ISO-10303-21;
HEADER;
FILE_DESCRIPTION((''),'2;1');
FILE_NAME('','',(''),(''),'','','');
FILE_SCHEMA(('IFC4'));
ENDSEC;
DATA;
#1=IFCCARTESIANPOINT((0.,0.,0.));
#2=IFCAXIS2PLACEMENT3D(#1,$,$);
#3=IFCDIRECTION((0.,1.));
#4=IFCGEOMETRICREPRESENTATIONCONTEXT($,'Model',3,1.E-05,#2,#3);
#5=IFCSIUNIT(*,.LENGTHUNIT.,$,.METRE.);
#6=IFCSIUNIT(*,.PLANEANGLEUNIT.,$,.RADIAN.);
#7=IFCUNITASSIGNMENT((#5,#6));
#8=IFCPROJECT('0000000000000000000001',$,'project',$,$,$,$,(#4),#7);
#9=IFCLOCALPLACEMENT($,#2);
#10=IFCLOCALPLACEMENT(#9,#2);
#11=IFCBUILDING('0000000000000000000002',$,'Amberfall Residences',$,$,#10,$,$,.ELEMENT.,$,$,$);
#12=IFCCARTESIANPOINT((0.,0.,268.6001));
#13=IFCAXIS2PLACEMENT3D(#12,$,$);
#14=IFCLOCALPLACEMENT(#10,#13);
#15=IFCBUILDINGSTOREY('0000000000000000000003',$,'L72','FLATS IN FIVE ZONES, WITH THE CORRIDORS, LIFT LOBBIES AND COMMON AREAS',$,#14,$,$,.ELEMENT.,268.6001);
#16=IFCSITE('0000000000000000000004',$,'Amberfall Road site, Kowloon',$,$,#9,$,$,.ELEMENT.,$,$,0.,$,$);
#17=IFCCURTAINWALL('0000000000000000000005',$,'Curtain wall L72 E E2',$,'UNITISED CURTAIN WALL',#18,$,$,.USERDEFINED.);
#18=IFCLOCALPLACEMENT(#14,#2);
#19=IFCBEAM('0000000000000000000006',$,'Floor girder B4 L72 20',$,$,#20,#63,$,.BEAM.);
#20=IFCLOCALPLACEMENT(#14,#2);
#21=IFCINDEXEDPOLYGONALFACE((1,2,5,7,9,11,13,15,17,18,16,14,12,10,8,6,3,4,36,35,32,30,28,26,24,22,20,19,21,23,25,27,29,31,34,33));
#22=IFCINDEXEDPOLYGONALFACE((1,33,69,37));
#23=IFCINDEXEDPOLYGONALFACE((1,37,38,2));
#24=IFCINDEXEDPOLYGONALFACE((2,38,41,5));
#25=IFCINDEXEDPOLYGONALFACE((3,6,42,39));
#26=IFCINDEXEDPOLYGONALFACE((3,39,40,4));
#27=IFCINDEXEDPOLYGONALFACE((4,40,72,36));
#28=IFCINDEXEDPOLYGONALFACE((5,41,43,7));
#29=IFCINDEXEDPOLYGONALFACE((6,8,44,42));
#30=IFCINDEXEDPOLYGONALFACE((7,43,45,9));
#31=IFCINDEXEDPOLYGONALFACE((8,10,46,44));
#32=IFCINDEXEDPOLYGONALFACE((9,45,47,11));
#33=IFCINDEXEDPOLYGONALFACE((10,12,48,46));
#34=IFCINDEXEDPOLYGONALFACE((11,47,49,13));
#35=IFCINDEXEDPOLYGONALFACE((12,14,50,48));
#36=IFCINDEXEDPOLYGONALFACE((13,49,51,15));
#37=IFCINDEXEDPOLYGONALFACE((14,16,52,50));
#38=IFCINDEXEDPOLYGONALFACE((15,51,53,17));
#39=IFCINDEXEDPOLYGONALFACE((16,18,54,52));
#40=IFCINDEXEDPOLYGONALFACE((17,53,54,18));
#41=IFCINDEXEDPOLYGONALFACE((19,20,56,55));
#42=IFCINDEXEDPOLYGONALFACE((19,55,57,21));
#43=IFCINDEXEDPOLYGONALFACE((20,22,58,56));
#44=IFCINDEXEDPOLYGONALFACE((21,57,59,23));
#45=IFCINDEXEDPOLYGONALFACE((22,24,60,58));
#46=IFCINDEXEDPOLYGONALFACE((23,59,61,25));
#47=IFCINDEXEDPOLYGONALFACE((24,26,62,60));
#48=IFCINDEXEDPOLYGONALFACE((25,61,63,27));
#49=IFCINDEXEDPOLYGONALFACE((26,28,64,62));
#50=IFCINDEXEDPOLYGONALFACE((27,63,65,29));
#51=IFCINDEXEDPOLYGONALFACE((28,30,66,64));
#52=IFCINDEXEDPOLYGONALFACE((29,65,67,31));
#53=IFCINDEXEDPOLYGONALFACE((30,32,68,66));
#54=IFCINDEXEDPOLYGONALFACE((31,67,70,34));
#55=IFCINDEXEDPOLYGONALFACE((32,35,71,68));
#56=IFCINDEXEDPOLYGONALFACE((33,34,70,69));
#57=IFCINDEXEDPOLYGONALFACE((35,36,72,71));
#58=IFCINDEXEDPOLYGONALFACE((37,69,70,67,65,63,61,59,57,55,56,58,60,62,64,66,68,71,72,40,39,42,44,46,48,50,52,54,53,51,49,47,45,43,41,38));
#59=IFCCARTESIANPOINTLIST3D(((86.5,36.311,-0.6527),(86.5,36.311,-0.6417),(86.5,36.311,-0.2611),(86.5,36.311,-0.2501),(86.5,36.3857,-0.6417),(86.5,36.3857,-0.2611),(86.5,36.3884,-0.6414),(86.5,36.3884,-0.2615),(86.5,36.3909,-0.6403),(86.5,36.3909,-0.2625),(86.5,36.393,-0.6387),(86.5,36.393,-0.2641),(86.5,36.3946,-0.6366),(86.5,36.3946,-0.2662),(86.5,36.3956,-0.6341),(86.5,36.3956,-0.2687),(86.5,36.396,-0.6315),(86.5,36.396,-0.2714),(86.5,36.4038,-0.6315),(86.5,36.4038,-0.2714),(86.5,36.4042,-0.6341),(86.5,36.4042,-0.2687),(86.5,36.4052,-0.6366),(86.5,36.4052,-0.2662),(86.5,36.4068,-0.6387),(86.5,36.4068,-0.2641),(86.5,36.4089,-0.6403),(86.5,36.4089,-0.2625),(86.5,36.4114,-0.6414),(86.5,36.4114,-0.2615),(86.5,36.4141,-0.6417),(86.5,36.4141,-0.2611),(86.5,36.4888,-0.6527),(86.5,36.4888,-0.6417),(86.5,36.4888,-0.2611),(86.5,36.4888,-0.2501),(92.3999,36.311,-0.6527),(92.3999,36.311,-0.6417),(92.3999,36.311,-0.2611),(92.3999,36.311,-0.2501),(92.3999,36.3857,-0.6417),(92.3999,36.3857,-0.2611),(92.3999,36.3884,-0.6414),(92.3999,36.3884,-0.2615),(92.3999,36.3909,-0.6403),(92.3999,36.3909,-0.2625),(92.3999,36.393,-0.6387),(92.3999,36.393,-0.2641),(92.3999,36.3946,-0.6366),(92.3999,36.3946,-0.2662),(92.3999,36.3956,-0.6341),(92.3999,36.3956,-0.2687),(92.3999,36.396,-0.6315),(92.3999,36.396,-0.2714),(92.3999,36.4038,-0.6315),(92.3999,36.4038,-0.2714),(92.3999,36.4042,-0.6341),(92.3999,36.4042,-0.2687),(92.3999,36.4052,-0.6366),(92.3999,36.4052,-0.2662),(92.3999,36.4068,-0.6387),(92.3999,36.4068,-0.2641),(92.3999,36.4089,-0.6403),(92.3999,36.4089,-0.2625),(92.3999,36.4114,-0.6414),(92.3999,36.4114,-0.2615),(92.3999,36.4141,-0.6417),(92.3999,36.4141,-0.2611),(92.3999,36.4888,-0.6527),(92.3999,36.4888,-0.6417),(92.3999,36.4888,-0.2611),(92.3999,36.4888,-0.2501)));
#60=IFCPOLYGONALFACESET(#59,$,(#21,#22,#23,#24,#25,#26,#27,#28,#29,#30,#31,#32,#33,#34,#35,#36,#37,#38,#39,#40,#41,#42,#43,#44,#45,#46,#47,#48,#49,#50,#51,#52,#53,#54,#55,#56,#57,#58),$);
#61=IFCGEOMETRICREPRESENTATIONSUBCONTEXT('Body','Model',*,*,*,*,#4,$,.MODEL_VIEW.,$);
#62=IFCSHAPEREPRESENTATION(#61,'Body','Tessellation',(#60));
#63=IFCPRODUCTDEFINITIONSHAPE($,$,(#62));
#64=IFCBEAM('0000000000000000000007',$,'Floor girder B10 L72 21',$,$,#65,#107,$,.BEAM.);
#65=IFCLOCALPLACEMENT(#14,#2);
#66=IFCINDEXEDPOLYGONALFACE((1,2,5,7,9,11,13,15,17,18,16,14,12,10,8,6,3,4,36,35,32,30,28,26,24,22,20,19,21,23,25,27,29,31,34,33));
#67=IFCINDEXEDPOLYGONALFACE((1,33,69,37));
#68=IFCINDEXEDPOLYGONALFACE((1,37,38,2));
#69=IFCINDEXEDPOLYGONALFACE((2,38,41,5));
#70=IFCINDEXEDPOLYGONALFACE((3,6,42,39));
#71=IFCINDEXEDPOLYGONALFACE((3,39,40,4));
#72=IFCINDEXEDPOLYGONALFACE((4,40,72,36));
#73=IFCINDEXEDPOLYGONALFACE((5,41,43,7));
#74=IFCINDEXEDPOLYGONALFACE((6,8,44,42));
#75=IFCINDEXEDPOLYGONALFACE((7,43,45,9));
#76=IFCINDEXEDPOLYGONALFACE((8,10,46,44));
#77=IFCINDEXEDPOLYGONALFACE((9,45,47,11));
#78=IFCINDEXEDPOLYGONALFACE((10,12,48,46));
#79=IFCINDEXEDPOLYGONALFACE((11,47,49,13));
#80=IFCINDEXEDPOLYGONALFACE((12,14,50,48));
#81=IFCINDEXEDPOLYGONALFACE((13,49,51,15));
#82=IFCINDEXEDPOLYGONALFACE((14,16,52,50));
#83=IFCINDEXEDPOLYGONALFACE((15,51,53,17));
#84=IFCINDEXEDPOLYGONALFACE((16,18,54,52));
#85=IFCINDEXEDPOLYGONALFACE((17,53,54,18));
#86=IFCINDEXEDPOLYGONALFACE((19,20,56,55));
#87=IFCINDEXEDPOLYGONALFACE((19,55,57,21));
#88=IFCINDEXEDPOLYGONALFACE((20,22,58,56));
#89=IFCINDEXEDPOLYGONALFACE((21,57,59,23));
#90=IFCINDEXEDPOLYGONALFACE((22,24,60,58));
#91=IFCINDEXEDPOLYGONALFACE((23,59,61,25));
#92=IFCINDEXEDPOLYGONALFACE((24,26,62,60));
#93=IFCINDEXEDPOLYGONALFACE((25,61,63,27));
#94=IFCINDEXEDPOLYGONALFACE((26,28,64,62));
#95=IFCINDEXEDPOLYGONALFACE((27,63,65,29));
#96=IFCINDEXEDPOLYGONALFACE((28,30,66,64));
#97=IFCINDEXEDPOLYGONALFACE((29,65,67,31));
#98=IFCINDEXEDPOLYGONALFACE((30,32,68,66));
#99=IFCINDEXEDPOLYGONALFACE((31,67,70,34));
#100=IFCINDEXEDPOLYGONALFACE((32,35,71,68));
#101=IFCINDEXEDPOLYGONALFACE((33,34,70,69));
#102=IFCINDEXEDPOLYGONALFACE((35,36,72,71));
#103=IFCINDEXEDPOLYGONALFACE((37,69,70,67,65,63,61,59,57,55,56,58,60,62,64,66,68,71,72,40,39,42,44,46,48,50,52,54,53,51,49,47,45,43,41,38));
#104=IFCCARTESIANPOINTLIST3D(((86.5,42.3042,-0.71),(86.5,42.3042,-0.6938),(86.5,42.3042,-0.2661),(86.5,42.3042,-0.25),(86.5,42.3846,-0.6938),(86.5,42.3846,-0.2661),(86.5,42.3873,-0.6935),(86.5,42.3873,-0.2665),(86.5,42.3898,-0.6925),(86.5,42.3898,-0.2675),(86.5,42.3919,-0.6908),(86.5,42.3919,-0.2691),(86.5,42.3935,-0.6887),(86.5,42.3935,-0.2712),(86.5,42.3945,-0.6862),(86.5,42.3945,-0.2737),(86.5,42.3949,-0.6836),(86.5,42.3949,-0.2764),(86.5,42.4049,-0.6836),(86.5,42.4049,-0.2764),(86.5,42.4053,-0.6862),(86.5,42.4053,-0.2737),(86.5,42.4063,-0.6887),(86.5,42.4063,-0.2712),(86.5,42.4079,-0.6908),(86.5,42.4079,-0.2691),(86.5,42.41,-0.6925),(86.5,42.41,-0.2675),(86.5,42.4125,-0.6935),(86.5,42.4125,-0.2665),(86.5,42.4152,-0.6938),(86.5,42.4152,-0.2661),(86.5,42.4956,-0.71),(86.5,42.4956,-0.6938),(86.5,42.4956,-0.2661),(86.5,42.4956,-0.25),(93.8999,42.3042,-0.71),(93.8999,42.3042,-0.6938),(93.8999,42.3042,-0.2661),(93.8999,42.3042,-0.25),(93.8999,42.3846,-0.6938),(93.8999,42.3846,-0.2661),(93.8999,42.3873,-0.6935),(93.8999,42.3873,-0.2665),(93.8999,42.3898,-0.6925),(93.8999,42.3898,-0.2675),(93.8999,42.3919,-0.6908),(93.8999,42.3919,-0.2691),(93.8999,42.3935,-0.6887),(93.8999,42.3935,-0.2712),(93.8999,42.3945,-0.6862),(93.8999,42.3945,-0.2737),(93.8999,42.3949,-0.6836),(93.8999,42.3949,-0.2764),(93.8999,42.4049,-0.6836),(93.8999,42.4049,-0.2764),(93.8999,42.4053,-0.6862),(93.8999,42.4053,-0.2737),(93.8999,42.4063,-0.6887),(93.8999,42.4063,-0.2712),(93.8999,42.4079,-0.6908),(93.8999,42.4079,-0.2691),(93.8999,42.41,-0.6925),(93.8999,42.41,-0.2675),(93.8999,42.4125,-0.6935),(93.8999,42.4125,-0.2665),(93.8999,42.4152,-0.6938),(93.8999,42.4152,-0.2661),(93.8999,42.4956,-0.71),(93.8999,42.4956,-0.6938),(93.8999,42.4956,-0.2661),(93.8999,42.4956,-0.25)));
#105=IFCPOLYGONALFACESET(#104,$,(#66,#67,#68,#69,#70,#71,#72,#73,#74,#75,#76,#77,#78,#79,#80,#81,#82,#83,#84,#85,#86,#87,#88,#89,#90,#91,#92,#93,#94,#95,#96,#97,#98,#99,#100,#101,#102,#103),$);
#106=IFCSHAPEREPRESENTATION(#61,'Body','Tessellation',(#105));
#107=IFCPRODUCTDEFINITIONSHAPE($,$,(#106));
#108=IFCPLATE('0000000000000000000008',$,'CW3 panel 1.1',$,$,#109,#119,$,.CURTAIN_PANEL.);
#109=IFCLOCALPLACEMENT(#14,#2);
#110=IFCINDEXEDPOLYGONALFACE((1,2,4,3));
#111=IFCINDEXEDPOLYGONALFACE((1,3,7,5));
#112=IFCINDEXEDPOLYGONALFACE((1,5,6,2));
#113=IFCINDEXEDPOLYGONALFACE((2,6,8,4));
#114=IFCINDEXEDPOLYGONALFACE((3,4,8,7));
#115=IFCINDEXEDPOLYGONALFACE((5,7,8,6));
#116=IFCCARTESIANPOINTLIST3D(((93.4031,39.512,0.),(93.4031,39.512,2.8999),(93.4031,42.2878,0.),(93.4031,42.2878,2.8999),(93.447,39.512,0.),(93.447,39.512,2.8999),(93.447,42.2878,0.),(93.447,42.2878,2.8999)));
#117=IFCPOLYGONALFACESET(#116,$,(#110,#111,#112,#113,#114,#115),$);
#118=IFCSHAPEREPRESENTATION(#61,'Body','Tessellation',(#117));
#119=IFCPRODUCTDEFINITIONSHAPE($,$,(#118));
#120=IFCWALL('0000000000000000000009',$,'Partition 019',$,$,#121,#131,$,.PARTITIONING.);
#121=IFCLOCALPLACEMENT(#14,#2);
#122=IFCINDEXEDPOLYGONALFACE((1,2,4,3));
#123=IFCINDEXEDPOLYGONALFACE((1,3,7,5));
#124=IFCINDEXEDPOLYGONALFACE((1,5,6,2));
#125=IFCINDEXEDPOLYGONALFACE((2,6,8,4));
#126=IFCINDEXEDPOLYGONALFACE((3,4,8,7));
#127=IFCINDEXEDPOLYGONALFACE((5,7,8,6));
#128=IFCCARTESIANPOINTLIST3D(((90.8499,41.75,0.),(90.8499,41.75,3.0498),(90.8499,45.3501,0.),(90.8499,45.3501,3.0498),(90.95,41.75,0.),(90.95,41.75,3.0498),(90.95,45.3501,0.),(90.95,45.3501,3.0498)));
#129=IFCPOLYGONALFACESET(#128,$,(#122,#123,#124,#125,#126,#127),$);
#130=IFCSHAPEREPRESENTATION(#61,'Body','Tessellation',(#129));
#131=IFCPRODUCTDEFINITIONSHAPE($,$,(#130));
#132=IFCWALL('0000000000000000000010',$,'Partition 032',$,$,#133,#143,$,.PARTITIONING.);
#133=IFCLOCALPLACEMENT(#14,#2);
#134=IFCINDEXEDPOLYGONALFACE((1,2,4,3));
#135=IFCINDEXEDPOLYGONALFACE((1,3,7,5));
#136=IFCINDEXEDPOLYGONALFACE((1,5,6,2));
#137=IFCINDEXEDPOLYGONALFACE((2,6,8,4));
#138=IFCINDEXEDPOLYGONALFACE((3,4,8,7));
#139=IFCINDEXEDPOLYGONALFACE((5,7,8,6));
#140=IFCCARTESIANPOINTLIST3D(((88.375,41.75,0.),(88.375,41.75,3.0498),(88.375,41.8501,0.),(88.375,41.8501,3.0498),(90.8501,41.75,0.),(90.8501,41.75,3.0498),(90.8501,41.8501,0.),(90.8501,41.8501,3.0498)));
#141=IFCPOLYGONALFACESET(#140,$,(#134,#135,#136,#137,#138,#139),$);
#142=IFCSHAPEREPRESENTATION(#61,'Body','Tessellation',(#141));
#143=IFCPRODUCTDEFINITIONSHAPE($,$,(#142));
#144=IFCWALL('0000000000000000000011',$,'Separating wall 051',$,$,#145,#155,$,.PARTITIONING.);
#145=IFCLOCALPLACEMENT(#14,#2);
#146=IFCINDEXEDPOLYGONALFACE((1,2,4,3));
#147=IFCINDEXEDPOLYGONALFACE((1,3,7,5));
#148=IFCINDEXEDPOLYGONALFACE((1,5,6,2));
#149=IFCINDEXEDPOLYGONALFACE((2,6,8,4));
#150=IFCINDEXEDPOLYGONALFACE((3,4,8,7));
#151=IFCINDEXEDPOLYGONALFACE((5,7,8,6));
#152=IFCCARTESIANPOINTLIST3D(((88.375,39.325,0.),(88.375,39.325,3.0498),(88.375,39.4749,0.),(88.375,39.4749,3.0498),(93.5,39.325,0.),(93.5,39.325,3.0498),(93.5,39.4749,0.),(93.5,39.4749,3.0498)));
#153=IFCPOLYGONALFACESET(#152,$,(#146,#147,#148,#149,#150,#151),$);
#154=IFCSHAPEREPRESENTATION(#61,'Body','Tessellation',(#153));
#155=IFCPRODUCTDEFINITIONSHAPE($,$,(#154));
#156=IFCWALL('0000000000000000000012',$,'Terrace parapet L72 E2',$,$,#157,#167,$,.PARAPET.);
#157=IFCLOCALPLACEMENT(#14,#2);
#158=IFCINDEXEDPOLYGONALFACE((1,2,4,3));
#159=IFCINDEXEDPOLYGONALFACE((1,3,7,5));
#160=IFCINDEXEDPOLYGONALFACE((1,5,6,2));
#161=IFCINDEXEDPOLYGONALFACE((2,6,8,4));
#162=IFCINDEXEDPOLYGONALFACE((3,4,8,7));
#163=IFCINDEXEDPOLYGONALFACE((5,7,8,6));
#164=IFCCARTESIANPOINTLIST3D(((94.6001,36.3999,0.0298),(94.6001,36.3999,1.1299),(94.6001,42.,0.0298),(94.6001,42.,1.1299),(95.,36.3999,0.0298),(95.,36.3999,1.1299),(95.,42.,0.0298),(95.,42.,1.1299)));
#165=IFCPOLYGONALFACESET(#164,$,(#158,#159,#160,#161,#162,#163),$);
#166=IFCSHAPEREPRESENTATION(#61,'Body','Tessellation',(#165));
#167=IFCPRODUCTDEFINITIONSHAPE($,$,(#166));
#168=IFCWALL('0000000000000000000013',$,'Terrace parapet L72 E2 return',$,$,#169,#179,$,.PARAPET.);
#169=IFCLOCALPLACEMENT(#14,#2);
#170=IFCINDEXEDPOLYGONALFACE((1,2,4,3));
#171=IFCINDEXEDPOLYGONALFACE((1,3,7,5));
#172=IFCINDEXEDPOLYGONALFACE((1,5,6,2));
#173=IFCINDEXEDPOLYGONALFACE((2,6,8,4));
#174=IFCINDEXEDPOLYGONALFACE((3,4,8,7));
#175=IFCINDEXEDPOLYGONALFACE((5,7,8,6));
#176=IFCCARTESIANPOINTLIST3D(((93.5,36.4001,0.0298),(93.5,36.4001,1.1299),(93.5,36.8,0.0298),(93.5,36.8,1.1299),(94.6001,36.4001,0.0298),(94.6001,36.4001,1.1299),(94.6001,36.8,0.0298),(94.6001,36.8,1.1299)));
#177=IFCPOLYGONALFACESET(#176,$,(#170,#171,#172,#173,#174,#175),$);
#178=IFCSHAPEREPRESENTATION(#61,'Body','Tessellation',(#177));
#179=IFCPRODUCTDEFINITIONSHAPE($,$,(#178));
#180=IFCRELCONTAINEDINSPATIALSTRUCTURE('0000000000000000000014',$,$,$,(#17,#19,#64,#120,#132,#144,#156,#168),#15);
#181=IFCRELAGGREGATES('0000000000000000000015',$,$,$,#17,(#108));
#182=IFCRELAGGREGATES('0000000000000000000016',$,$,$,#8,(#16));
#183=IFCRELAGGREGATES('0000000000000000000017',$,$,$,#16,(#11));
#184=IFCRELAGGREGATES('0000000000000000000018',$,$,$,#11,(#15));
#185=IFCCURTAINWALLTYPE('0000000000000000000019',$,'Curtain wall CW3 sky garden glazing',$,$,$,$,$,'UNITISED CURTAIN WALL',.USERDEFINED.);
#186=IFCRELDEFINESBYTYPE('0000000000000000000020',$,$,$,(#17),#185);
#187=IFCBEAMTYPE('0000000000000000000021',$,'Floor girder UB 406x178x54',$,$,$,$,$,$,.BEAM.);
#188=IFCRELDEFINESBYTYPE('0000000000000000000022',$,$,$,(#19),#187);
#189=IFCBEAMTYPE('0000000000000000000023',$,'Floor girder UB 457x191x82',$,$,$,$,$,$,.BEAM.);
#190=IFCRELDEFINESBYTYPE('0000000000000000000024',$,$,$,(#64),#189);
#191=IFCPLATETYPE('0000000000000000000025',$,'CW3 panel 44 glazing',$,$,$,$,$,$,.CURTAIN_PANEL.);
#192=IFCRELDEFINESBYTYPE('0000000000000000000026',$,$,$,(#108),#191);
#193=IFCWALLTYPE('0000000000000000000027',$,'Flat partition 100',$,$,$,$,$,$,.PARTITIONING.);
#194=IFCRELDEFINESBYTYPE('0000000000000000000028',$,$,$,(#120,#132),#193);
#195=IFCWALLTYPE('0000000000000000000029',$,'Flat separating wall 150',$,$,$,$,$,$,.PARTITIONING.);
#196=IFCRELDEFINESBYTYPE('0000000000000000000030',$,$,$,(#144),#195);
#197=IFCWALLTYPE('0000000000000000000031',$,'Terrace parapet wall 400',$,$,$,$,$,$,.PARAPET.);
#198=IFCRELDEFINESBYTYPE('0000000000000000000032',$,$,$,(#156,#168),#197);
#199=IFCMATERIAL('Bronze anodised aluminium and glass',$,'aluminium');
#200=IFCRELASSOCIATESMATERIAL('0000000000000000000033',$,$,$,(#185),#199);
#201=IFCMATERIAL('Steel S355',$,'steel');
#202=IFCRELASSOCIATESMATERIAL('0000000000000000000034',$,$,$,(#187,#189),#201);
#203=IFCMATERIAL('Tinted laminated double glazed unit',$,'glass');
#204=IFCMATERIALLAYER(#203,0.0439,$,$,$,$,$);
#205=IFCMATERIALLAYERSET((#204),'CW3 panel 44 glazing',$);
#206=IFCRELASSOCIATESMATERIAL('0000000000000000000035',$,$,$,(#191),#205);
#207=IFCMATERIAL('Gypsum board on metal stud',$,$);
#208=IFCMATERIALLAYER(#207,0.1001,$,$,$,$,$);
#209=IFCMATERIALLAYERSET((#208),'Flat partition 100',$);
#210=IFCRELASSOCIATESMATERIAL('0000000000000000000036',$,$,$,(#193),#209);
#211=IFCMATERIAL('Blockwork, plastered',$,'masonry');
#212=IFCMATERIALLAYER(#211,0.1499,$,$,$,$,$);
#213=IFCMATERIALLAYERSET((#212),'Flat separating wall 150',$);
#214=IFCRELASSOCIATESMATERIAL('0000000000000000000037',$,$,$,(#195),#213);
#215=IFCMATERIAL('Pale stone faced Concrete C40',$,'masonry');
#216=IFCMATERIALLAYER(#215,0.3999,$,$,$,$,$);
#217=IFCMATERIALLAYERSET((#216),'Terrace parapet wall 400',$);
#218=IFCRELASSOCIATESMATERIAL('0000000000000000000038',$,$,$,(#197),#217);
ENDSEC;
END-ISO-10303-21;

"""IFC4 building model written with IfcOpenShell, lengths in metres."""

from ifc_helpers import new_model, si_unit, direction, frame, frame_2d, origin, origin_2d, place, context, subcontext, project, spatial, rectangle, i_section, extrude, material, layer, layer_set, material_profile, profile_set, type_object, element, aggregate, save


model = new_model("IFC4")

# Units and contexts
model_context = context("Model", 3, precision=1e-05, world=origin(), true_north=direction((0.0, 1.0)))
body_context = subcontext(model_context, "Body", "Model", "MODEL_VIEW")
ifc_project = project(units=[si_unit("LENGTHUNIT", "METRE"), si_unit("PLANEANGLEUNIT", "RADIAN")], contexts=[model_context])

# Site, building, storey
site_placement = place(None, origin())
site = spatial("IfcSite", under=ifc_project, at=site_placement, Name="Amberfall Road site, Kowloon", CompositionType="ELEMENT", RefElevation=0.0)
building_placement = place(site_placement, origin())
building = spatial("IfcBuilding", under=site, at=building_placement, Name="Amberfall Residences", CompositionType="ELEMENT")
storey_placement = place(building_placement, frame((0.0, 0.0, 268.6001)))
storey = spatial("IfcBuildingStorey", under=building, at=storey_placement, Name="L72", Description="FLATS IN FIVE ZONES, WITH THE CORRIDORS, LIFT LOBBIES AND COMMON AREAS", CompositionType="ELEMENT", Elevation=268.6001)

# Curtain wall
ifc_material_1 = material(Name="Bronze anodised aluminium and glass", Category="aluminium")
curtain_wall_type = type_object("IfcCurtainWallType", Name="Curtain wall CW3 sky garden glazing", ElementType="UNITISED CURTAIN WALL", PredefinedType="USERDEFINED", material=ifc_material_1)
curtain_wall_placement = place(storey_placement, origin())
curtain_wall = element("IfcCurtainWall", 1, at=curtain_wall_placement, inside=storey, type_object=curtain_wall_type, Name="Curtain wall L72 E E2", ObjectType="UNITISED CURTAIN WALL", PredefinedType="USERDEFINED")

# Beams
ifc_material_2 = material(Name="Steel S355", Category="steel")
ifc_material_profile_1 = material_profile(ifc_material_2, i_section(OverallWidth=0.1777, OverallDepth=0.4026, WebThickness=0.0078, FlangeThickness=0.011, FilletRadius=0.0103, at=origin_2d()), Name="UB 406x178x54")
ifc_profile_set_1 = profile_set([ifc_material_profile_1], Name="Steel S355")
beam_type_1 = type_object("IfcBeamType", Name="Floor girder UB 406x178x54", PredefinedType="BEAM", material=ifc_profile_set_1)
beam_1_placement = place(storey_placement, frame((92.3999, 36.3999, -0.4514), z_axis=(-1.0, 0.0, 0.0), x_axis=(0.0, -1.0, 0.0)))
element("IfcBeam", 2, at=beam_1_placement, inside=storey, type_object=beam_type_1, Name="Floor girder B4 L72 20", PredefinedType="BEAM", context=body_context, shape_type="SweptSolid", body=[
    extrude(i_section(OverallWidth=0.1777, OverallDepth=0.4026, WebThickness=0.0078, FlangeThickness=0.011, FilletRadius=0.0103, at=origin_2d()), origin(), (0.0, 0.0, 1.0), 5.8999),
])
ifc_material_profile_2 = material_profile(ifc_material_2, i_section(OverallWidth=0.1914, OverallDepth=0.46, WebThickness=0.01, FlangeThickness=0.0161, FilletRadius=0.0103, at=origin_2d()), Name="UB 457x191x82")
ifc_profile_set_2 = profile_set([ifc_material_profile_2], Name="Steel S355")
beam_type_2 = type_object("IfcBeamType", Name="Floor girder UB 457x191x82", PredefinedType="BEAM", material=ifc_profile_set_2)
beam_2_placement = place(storey_placement, frame((93.8999, 42.3999, -0.48), z_axis=(-1.0, 0.0, 0.0), x_axis=(0.0, -1.0, 0.0)))
element("IfcBeam", 3, at=beam_2_placement, inside=storey, type_object=beam_type_2, Name="Floor girder B10 L72 21", PredefinedType="BEAM", context=body_context, shape_type="SweptSolid", body=[
    extrude(i_section(OverallWidth=0.1914, OverallDepth=0.46, WebThickness=0.01, FlangeThickness=0.0161, FilletRadius=0.0103, at=origin_2d()), origin(), (0.0, 0.0, 1.0), 7.3999),
])

# Plate
ifc_material_3 = material(Name="Tinted laminated double glazed unit", Category="glass")
ifc_layer_1 = layer(ifc_material_3, 0.0439)
ifc_layer_set_1 = layer_set([ifc_layer_1], Name="CW3 panel 44 glazing")
plate_type = type_object("IfcPlateType", Name="CW3 panel 44 glazing", PredefinedType="CURTAIN_PANEL", material=ifc_layer_set_1)
plate_placement = place(storey_placement, frame((93.425, 40.8999, 0.0), z_axis=(0.0, 0.0, 1.0), x_axis=(0.0, 1.0, 0.0)))
plate = element("IfcPlate", 4, at=plate_placement, type_object=plate_type, Name="CW3 panel 1.1", PredefinedType="CURTAIN_PANEL", context=body_context, shape_type="SweptSolid", body=[
    extrude(rectangle(XDim=2.7759, YDim=0.0439, at=origin_2d()), origin(), (0.0, 0.0, 1.0), 2.8999),
])
aggregate(curtain_wall, [plate])

# Walls
ifc_material_4 = material(Name="Gypsum board on metal stud")
ifc_layer_2 = layer(ifc_material_4, 0.1001)
ifc_layer_set_2 = layer_set([ifc_layer_2], Name="Flat partition 100")
wall_type_1 = type_object("IfcWallType", Name="Flat partition 100", PredefinedType="PARTITIONING", material=ifc_layer_set_2)
wall_1_placement = place(storey_placement, frame((90.8999, 41.75, 0.0), z_axis=(0.0, 0.0, 1.0), x_axis=(0.0, 1.0, 0.0)))
element("IfcWall", 5, at=wall_1_placement, inside=storey, type_object=wall_type_1, Name="Partition 019", PredefinedType="PARTITIONING", context=body_context, shape_type="SweptSolid", body=[
    extrude(rectangle(XDim=3.6001, YDim=0.1001, at=frame_2d((1.8, 0.0))), origin(), (0.0, 0.0, 1.0), 3.0498),
])
wall_2_placement = place(storey_placement, frame((88.375, 41.8, 0.0), z_axis=(0.0, 0.0, 1.0), x_axis=(1.0, 0.0, 0.0)))
element("IfcWall", 6, at=wall_2_placement, inside=storey, type_object=wall_type_1, Name="Partition 032", PredefinedType="PARTITIONING", context=body_context, shape_type="SweptSolid", body=[
    extrude(rectangle(XDim=2.4751, YDim=0.1001, at=frame_2d((1.2375, 0.0))), origin(), (0.0, 0.0, 1.0), 3.0498),
])
ifc_material_5 = material(Name="Blockwork, plastered", Category="masonry")
ifc_layer_3 = layer(ifc_material_5, 0.1499)
ifc_layer_set_3 = layer_set([ifc_layer_3], Name="Flat separating wall 150")
wall_type_2 = type_object("IfcWallType", Name="Flat separating wall 150", PredefinedType="PARTITIONING", material=ifc_layer_set_3)
wall_3_placement = place(storey_placement, frame((88.375, 39.3999, 0.0), z_axis=(0.0, 0.0, 1.0), x_axis=(1.0, 0.0, 0.0)))
element("IfcWall", 7, at=wall_3_placement, inside=storey, type_object=wall_type_2, Name="Separating wall 051", PredefinedType="PARTITIONING", context=body_context, shape_type="SweptSolid", body=[
    extrude(rectangle(XDim=5.125, YDim=0.1499, at=frame_2d((2.5625, 0.0))), origin(), (0.0, 0.0, 1.0), 3.0498),
])

# Walls
ifc_material_6 = material(Name="Pale stone faced Concrete C40", Category="masonry")
ifc_layer_4 = layer(ifc_material_6, 0.3999)
ifc_layer_set_4 = layer_set([ifc_layer_4], Name="Terrace parapet wall 400")
wall_type_3 = type_object("IfcWallType", Name="Terrace parapet wall 400", PredefinedType="PARAPET", material=ifc_layer_set_4)
wall_4_placement = place(storey_placement, frame((94.8, 36.3999, 0.0298), z_axis=(0.0, 0.0, 1.0), x_axis=(0.0, 1.0, 0.0)))
element("IfcWall", 8, at=wall_4_placement, inside=storey, type_object=wall_type_3, Name="Terrace parapet L72 E2", PredefinedType="PARAPET", context=body_context, shape_type="SweptSolid", body=[
    extrude(rectangle(XDim=5.6001, YDim=0.3999, at=frame_2d((2.8, 0.0))), origin(), (0.0, 0.0, 1.0), 1.1001),
])
wall_5_placement = place(storey_placement, frame((93.5, 36.6001, 0.0298), z_axis=(0.0, 0.0, 1.0), x_axis=(1.0, 0.0, 0.0)))
element("IfcWall", 9, at=wall_5_placement, inside=storey, type_object=wall_type_3, Name="Terrace parapet L72 E2 return", PredefinedType="PARAPET", context=body_context, shape_type="SweptSolid", body=[
    extrude(rectangle(XDim=1.1001, YDim=0.3999, at=frame_2d((0.55, 0.0))), origin(), (0.0, 0.0, 1.0), 1.1001),
])

save(model, "model.ifc")
